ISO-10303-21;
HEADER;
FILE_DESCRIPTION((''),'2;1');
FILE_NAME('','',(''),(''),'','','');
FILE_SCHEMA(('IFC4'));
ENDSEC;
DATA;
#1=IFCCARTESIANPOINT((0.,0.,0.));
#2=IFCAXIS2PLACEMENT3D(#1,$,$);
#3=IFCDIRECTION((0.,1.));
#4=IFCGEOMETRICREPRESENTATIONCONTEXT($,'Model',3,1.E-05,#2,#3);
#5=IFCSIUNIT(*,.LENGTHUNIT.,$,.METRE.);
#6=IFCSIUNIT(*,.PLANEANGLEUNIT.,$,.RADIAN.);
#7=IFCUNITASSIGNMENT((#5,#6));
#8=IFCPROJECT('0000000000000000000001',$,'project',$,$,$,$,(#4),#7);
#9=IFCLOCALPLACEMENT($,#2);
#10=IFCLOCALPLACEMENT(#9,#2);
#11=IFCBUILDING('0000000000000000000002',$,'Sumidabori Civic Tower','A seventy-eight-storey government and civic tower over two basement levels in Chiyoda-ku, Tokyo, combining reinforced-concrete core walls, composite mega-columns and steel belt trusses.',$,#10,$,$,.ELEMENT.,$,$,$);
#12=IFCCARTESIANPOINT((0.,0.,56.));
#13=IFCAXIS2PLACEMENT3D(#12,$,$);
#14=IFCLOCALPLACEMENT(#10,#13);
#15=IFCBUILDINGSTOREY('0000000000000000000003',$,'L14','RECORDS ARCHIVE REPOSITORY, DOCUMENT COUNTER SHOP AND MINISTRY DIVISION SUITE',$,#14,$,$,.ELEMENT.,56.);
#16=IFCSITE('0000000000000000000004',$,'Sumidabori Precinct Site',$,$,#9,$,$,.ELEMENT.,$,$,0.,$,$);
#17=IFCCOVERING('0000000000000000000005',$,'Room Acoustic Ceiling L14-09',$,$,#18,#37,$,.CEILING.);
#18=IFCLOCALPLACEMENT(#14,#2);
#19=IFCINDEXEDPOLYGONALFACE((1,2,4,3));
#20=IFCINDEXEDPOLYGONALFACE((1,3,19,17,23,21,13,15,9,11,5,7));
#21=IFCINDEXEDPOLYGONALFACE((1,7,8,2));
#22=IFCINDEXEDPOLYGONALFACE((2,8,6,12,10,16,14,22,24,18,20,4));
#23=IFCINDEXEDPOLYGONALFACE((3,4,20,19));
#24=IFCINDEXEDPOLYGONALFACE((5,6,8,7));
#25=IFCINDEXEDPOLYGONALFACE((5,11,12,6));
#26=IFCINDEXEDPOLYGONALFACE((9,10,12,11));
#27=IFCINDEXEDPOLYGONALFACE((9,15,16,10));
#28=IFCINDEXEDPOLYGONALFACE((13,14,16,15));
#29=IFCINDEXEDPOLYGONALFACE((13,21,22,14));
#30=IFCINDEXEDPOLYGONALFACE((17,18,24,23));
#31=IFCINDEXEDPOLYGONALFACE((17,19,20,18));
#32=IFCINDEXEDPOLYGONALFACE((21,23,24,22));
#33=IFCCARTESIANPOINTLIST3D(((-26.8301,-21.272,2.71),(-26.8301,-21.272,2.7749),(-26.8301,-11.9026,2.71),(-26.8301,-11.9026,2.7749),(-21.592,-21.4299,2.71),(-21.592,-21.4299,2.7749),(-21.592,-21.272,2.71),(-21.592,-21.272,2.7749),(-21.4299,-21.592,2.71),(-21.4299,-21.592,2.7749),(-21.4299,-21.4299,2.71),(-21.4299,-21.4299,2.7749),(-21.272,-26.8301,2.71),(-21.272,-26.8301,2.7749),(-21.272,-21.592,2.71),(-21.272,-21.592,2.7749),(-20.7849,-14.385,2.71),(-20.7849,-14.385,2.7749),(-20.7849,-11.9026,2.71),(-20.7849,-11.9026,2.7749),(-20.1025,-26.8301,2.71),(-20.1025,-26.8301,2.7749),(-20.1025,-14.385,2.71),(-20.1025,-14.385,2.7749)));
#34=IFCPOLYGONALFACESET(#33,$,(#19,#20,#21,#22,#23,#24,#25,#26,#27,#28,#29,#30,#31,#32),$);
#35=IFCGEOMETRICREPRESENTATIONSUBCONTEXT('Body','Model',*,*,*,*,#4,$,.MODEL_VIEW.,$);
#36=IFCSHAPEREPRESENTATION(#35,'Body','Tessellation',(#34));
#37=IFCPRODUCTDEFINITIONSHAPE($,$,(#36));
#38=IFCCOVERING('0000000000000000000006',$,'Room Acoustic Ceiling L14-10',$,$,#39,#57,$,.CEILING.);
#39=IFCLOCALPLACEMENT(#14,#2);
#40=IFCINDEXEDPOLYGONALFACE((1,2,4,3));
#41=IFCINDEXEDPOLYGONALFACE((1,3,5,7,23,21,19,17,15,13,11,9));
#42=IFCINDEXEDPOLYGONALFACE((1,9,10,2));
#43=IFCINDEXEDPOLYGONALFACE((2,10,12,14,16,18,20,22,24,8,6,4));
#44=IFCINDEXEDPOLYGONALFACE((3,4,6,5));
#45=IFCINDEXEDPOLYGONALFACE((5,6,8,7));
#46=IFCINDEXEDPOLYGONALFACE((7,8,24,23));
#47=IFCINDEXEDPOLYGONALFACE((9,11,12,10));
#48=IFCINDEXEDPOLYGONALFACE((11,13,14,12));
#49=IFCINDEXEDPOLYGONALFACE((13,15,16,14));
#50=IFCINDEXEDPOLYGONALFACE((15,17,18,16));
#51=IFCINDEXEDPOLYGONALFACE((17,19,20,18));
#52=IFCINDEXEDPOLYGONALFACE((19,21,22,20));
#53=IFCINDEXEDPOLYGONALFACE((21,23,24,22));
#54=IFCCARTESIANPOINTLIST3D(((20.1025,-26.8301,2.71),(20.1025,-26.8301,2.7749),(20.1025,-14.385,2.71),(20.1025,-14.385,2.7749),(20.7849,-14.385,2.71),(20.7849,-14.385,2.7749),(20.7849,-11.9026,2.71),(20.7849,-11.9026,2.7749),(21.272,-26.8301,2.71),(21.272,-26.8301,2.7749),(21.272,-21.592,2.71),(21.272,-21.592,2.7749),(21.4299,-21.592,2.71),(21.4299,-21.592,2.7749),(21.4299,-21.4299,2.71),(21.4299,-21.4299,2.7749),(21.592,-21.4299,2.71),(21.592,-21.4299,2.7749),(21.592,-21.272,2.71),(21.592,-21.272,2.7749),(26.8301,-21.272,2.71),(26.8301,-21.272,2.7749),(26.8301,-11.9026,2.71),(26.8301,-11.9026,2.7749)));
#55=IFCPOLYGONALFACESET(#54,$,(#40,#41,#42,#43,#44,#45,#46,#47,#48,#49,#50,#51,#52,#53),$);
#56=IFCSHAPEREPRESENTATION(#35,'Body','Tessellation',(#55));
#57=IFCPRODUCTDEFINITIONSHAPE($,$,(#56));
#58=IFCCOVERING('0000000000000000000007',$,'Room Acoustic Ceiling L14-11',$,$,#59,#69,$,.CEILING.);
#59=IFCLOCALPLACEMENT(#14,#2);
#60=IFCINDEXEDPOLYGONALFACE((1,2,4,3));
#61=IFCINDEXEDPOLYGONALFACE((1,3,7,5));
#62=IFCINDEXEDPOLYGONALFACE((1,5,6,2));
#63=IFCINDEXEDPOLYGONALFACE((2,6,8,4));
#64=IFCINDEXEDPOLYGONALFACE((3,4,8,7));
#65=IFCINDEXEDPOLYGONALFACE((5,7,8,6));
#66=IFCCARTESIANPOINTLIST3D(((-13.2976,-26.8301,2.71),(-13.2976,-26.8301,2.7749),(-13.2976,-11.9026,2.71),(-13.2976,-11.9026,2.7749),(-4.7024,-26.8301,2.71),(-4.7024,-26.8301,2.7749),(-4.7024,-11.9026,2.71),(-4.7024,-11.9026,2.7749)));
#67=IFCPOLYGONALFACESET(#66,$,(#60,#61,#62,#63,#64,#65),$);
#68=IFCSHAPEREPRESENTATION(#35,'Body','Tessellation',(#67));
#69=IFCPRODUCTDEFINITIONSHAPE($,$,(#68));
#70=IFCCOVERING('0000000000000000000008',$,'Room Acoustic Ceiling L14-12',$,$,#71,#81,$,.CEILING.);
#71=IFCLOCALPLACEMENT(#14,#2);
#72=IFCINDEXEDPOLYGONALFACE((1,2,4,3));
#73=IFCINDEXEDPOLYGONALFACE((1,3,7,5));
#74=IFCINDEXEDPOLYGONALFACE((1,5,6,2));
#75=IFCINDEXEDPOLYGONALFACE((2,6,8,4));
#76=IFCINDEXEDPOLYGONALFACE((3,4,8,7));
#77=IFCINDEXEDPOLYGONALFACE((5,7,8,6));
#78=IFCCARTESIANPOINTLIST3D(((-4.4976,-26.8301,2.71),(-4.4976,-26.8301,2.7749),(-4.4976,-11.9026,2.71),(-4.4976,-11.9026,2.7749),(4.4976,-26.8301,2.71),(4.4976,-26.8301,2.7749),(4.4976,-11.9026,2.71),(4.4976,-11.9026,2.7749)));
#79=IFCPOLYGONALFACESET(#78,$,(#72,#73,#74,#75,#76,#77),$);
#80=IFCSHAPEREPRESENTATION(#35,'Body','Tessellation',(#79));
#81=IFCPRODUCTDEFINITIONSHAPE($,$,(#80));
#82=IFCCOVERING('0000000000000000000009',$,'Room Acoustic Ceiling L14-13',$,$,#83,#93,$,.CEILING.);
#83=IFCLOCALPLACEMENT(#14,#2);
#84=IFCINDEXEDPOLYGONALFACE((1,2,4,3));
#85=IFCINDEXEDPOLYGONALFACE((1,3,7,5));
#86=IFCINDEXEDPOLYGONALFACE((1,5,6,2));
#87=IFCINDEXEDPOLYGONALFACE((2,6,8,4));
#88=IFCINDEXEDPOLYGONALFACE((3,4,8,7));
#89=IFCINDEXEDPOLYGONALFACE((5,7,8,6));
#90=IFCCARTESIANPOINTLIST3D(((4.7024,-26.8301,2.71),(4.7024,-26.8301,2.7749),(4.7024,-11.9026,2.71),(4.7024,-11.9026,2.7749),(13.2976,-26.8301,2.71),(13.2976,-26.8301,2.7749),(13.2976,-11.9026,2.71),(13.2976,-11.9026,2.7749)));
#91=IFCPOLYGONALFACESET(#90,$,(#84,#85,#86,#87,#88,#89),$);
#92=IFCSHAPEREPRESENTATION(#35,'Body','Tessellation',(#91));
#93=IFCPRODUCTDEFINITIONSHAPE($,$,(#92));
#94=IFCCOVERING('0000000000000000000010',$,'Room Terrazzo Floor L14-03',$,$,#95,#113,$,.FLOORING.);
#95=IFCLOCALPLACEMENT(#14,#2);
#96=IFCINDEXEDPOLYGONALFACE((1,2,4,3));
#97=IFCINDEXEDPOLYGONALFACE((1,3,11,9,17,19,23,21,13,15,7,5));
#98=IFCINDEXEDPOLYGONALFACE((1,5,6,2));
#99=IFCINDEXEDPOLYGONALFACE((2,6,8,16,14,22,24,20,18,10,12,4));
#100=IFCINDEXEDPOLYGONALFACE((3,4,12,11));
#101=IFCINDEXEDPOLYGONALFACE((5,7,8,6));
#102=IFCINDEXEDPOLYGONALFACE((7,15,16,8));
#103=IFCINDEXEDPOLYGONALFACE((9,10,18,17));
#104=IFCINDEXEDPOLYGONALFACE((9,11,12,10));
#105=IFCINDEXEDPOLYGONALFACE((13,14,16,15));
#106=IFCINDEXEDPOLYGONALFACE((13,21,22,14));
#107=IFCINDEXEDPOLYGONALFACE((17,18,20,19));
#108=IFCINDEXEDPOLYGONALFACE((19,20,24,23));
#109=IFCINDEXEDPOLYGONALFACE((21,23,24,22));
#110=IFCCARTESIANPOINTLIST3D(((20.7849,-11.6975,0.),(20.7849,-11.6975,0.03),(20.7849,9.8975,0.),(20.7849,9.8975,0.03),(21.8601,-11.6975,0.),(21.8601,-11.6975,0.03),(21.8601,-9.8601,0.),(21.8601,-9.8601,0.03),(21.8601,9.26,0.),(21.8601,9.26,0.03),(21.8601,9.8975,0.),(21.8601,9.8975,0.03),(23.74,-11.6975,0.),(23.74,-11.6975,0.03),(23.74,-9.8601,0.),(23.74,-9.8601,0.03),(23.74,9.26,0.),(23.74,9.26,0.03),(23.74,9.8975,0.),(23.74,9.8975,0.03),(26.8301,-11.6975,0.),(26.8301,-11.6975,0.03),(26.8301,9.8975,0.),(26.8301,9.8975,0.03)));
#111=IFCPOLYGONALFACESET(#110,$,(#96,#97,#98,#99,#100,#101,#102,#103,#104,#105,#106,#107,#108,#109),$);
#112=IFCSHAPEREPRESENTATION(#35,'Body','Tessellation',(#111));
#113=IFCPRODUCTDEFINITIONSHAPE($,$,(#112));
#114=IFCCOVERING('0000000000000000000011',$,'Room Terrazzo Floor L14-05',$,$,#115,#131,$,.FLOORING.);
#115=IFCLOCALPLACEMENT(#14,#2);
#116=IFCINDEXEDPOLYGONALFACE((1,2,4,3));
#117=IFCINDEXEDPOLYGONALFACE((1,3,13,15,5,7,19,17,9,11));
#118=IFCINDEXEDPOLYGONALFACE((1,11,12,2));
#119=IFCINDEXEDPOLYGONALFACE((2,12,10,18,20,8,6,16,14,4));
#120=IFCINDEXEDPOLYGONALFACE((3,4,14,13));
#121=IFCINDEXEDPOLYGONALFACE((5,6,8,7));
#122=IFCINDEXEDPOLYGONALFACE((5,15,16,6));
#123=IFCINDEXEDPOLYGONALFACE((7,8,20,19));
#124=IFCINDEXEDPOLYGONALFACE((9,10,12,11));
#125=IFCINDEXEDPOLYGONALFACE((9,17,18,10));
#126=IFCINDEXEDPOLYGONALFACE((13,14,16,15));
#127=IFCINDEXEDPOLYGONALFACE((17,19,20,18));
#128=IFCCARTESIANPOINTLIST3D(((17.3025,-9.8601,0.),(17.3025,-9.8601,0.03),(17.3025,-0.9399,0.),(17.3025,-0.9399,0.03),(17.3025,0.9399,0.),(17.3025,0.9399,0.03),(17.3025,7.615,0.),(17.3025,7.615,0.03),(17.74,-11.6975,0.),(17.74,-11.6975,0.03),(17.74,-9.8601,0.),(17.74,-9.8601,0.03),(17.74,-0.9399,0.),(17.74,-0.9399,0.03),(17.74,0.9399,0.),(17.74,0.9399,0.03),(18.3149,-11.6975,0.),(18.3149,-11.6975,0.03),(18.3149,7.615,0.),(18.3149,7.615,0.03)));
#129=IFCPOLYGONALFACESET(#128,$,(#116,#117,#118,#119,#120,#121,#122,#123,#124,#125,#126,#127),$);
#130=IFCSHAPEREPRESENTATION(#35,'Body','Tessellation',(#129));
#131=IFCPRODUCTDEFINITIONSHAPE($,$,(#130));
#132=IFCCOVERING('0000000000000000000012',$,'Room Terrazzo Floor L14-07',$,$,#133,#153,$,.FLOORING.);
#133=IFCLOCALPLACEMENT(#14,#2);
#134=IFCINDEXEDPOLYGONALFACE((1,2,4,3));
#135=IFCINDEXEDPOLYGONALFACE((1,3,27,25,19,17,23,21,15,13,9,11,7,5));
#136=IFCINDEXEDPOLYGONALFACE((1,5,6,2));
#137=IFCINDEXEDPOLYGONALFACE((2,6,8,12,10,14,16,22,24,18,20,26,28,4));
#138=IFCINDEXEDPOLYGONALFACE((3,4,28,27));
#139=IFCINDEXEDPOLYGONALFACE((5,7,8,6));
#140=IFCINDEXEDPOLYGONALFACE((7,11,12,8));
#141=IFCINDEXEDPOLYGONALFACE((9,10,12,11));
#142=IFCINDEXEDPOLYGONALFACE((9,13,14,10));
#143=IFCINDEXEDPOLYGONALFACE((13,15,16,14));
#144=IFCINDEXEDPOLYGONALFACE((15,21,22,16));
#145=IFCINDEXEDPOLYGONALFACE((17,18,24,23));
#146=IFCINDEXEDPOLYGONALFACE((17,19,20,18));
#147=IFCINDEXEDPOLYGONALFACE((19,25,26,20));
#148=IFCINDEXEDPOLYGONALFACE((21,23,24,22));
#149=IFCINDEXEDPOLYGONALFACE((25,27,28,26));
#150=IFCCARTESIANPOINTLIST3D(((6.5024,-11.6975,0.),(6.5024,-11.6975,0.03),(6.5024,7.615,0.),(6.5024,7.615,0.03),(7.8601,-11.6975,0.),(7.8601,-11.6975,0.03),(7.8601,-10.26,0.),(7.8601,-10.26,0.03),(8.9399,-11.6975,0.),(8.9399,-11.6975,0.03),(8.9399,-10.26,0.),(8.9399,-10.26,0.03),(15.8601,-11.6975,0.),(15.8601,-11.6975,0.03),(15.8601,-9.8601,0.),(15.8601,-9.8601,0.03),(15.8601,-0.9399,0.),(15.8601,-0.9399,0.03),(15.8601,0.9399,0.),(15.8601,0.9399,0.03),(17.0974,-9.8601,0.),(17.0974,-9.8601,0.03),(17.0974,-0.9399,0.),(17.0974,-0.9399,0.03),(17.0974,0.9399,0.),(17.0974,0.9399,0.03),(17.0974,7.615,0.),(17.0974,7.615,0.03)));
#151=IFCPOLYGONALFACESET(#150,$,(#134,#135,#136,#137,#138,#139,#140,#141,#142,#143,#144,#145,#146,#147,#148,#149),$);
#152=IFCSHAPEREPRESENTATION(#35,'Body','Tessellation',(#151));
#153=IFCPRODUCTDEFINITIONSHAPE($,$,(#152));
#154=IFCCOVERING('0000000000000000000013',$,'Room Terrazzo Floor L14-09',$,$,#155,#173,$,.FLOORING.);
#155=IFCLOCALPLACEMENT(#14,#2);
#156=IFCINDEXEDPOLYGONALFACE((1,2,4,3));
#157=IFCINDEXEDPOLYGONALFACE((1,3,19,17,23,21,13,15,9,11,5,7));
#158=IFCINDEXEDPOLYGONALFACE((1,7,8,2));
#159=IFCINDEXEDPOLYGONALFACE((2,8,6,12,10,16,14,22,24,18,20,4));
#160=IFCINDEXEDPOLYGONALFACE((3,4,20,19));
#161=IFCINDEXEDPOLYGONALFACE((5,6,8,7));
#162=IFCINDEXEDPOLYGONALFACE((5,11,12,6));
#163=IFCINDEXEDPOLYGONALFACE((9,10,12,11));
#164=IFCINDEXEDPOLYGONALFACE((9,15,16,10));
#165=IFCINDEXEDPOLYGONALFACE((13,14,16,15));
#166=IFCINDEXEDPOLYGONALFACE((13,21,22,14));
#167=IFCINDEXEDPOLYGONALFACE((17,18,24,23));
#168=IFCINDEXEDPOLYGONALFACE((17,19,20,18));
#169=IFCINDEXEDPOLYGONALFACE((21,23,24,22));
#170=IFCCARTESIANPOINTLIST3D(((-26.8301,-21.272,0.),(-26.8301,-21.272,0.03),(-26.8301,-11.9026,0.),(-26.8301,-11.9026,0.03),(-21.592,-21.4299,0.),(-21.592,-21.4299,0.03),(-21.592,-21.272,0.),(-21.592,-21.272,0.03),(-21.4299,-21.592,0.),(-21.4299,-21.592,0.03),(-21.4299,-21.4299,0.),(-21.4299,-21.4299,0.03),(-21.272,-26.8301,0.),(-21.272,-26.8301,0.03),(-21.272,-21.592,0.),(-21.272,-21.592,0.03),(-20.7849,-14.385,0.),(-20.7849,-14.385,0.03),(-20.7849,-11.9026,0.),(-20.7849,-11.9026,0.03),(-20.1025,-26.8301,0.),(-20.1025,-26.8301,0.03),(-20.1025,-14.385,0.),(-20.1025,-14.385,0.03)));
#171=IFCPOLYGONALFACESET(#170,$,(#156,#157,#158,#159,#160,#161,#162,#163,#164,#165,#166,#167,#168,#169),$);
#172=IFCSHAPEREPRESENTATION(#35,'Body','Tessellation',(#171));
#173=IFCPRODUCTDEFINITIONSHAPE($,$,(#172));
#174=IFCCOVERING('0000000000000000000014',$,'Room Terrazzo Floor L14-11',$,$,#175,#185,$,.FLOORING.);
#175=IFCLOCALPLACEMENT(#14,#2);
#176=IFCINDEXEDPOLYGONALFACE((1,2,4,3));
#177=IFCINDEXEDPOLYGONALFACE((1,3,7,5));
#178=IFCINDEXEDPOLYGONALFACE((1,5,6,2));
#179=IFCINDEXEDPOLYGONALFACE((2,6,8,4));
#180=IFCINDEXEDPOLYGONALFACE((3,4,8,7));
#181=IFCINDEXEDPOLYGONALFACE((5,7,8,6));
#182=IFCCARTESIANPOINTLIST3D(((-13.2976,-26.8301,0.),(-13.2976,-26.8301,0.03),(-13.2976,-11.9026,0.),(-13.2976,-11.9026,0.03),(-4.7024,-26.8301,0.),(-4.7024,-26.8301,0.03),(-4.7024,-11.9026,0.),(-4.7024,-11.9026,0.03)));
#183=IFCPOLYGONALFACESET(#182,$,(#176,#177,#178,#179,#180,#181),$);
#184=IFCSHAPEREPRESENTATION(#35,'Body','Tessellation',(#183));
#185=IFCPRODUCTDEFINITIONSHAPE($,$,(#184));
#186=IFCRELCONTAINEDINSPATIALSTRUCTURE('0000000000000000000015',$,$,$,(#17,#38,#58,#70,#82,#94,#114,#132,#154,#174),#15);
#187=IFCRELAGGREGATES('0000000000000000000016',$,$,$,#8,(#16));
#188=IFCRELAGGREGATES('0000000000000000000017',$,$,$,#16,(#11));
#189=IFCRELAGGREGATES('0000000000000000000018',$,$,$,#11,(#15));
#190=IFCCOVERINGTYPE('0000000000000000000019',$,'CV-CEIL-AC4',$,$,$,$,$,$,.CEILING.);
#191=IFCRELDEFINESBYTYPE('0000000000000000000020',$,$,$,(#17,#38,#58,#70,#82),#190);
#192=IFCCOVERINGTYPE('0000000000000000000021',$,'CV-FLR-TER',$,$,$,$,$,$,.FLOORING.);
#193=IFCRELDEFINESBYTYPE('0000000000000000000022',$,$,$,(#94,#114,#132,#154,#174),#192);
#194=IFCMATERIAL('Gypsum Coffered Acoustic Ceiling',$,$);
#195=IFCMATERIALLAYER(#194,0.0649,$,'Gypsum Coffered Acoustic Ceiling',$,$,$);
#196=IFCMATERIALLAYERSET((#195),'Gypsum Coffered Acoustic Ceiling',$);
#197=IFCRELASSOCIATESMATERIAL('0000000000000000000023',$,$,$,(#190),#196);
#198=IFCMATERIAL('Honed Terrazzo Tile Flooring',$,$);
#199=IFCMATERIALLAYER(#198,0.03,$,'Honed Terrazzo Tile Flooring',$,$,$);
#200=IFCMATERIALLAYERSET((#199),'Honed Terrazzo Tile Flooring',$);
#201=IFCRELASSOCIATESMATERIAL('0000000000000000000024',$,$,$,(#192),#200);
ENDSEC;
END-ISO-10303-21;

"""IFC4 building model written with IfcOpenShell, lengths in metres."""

from ifc_helpers import new_model, si_unit, direction, frame, origin, place, context, subcontext, project, spatial, polyline, outline, extrude, material, layer, layer_set, type_object, element, save


model = new_model("IFC4")

# Units and contexts
model_context = context("Model", 3, precision=1e-05, world=origin(), true_north=direction((0.0, 1.0)))
body_context = subcontext(model_context, "Body", "Model", "MODEL_VIEW")
ifc_project = project(units=[si_unit("LENGTHUNIT", "METRE"), si_unit("PLANEANGLEUNIT", "RADIAN")], contexts=[model_context])

# Site, building, storey
site_placement = place(None, origin())
site = spatial("IfcSite", under=ifc_project, at=site_placement, Name="Sumidabori Precinct Site", CompositionType="ELEMENT", RefElevation=0.0)
building_placement = place(site_placement, origin())
building = spatial("IfcBuilding", under=site, at=building_placement, Name="Sumidabori Civic Tower", Description="A seventy-eight-storey government and civic tower over two basement levels in Chiyoda-ku, Tokyo, combining reinforced-concrete core walls, composite mega-columns and steel belt trusses.", CompositionType="ELEMENT")
storey_placement = place(building_placement, frame((0.0, 0.0, 56.0)))
storey = spatial("IfcBuildingStorey", under=building, at=storey_placement, Name="L14", Description="RECORDS ARCHIVE REPOSITORY, DOCUMENT COUNTER SHOP AND MINISTRY DIVISION SUITE", CompositionType="ELEMENT", Elevation=56.0)

# Coverings
ifc_material_1 = material(Name="Gypsum Coffered Acoustic Ceiling")
ifc_layer_1 = layer(ifc_material_1, 0.0649, Name="Gypsum Coffered Acoustic Ceiling")
ifc_layer_set_1 = layer_set([ifc_layer_1], Name="Gypsum Coffered Acoustic Ceiling")
covering_type_1 = type_object("IfcCoveringType", Name="CV-CEIL-AC4", PredefinedType="CEILING", material=ifc_layer_set_1)
covering_1_placement = place(storey_placement, frame((0.0, 0.0, 2.71)))
element("IfcCovering", 1, at=covering_1_placement, inside=storey, type_object=covering_type_1, Name="Room Acoustic Ceiling L14-09", PredefinedType="CEILING", context=body_context, shape_type="SweptSolid", body=[
    extrude(outline(polyline([(-26.8301, -21.272), (-26.8301, -11.9026), (-20.7849, -11.9026), (-20.7849, -14.385), (-20.1025, -14.385), (-20.1025, -26.8301), (-21.272, -26.8301), (-21.272, -21.592), (-21.4299, -21.592), (-21.4299, -21.4299), (-21.592, -21.4299), (-21.592, -21.272), (-26.8301, -21.272)])), origin(), (0.0, 0.0, 1.0), 0.0649),
])
covering_2_placement = place(storey_placement, frame((0.0, 0.0, 2.71)))
element("IfcCovering", 2, at=covering_2_placement, inside=storey, type_object=covering_type_1, Name="Room Acoustic Ceiling L14-10", PredefinedType="CEILING", context=body_context, shape_type="SweptSolid", body=[
    extrude(outline(polyline([(20.7849, -14.385), (20.7849, -11.9026), (26.8301, -11.9026), (26.8301, -21.272), (21.592, -21.272), (21.592, -21.4299), (21.4299, -21.4299), (21.4299, -21.592), (21.272, -21.592), (21.272, -26.8301), (20.1025, -26.8301), (20.1025, -14.385), (20.7849, -14.385)])), origin(), (0.0, 0.0, 1.0), 0.0649),
])
covering_3_placement = place(storey_placement, frame((0.0, 0.0, 2.71)))
element("IfcCovering", 3, at=covering_3_placement, inside=storey, type_object=covering_type_1, Name="Room Acoustic Ceiling L14-11", PredefinedType="CEILING", context=body_context, shape_type="SweptSolid", body=[
    extrude(outline(polyline([(-4.7024, -26.8301), (-13.2976, -26.8301), (-13.2976, -11.9026), (-4.7024, -11.9026), (-4.7024, -26.8301)])), origin(), (0.0, 0.0, 1.0), 0.0649),
])
covering_4_placement = place(storey_placement, frame((0.0, 0.0, 2.71)))
element("IfcCovering", 4, at=covering_4_placement, inside=storey, type_object=covering_type_1, Name="Room Acoustic Ceiling L14-12", PredefinedType="CEILING", context=body_context, shape_type="SweptSolid", body=[
    extrude(outline(polyline([(4.4976, -26.8301), (-4.4976, -26.8301), (-4.4976, -11.9026), (4.4976, -11.9026), (4.4976, -26.8301)])), origin(), (0.0, 0.0, 1.0), 0.0649),
])
covering_5_placement = place(storey_placement, frame((0.0, 0.0, 2.71)))
element("IfcCovering", 5, at=covering_5_placement, inside=storey, type_object=covering_type_1, Name="Room Acoustic Ceiling L14-13", PredefinedType="CEILING", context=body_context, shape_type="SweptSolid", body=[
    extrude(outline(polyline([(13.2976, -26.8301), (4.7024, -26.8301), (4.7024, -11.9026), (13.2976, -11.9026), (13.2976, -26.8301)])), origin(), (0.0, 0.0, 1.0), 0.0649),
])
ifc_material_2 = material(Name="Honed Terrazzo Tile Flooring")
ifc_layer_2 = layer(ifc_material_2, 0.03, Name="Honed Terrazzo Tile Flooring")
ifc_layer_set_2 = layer_set([ifc_layer_2], Name="Honed Terrazzo Tile Flooring")
covering_type_2 = type_object("IfcCoveringType", Name="CV-FLR-TER", PredefinedType="FLOORING", material=ifc_layer_set_2)
covering_6_placement = place(storey_placement, origin())
element("IfcCovering", 6, at=covering_6_placement, inside=storey, type_object=covering_type_2, Name="Room Terrazzo Floor L14-03", PredefinedType="FLOORING", context=body_context, shape_type="SweptSolid", body=[
    extrude(outline(polyline([(20.7849, 9.8975), (21.8601, 9.8975), (21.8601, 9.26), (23.74, 9.26), (23.74, 9.8975), (26.8301, 9.8975), (26.8301, -11.6975), (23.74, -11.6975), (23.74, -9.8601), (21.8601, -9.8601), (21.8601, -11.6975), (20.7849, -11.6975), (20.7849, 9.8975)])), origin(), (0.0, 0.0, 1.0), 0.03),
])
covering_7_placement = place(storey_placement, origin())
element("IfcCovering", 7, at=covering_7_placement, inside=storey, type_object=covering_type_2, Name="Room Terrazzo Floor L14-05", PredefinedType="FLOORING", context=body_context, shape_type="SweptSolid", body=[
    extrude(outline(polyline([(18.3149, 7.615), (18.3149, -11.6975), (17.74, -11.6975), (17.74, -9.8601), (17.3025, -9.8601), (17.3025, -0.9399), (17.74, -0.9399), (17.74, 0.9399), (17.3025, 0.9399), (17.3025, 7.615), (18.3149, 7.615)])), origin(), (0.0, 0.0, 1.0), 0.03),
])
covering_8_placement = place(storey_placement, origin())
element("IfcCovering", 8, at=covering_8_placement, inside=storey, type_object=covering_type_2, Name="Room Terrazzo Floor L14-07", PredefinedType="FLOORING", context=body_context, shape_type="SweptSolid", body=[
    extrude(outline(polyline([(6.5024, 7.615), (17.0974, 7.615), (17.0974, 0.9399), (15.8601, 0.9399), (15.8601, -0.9399), (17.0974, -0.9399), (17.0974, -9.8601), (15.8601, -9.8601), (15.8601, -11.6975), (8.9399, -11.6975), (8.9399, -10.26), (7.8601, -10.26), (7.8601, -11.6975), (6.5024, -11.6975), (6.5024, 7.615)])), origin(), (0.0, 0.0, 1.0), 0.03),
])
covering_9_placement = place(storey_placement, origin())
element("IfcCovering", 9, at=covering_9_placement, inside=storey, type_object=covering_type_2, Name="Room Terrazzo Floor L14-09", PredefinedType="FLOORING", context=body_context, shape_type="SweptSolid", body=[
    extrude(outline(polyline([(-26.8301, -21.272), (-26.8301, -11.9026), (-20.7849, -11.9026), (-20.7849, -14.385), (-20.1025, -14.385), (-20.1025, -26.8301), (-21.272, -26.8301), (-21.272, -21.592), (-21.4299, -21.592), (-21.4299, -21.4299), (-21.592, -21.4299), (-21.592, -21.272), (-26.8301, -21.272)])), origin(), (0.0, 0.0, 1.0), 0.03),
])
covering_10_placement = place(storey_placement, origin())
element("IfcCovering", 10, at=covering_10_placement, inside=storey, type_object=covering_type_2, Name="Room Terrazzo Floor L14-11", PredefinedType="FLOORING", context=body_context, shape_type="SweptSolid", body=[
    extrude(outline(polyline([(-4.7024, -26.8301), (-13.2976, -26.8301), (-13.2976, -11.9026), (-4.7024, -11.9026), (-4.7024, -26.8301)])), origin(), (0.0, 0.0, 1.0), 0.03),
])

save(model, "model.ifc")
